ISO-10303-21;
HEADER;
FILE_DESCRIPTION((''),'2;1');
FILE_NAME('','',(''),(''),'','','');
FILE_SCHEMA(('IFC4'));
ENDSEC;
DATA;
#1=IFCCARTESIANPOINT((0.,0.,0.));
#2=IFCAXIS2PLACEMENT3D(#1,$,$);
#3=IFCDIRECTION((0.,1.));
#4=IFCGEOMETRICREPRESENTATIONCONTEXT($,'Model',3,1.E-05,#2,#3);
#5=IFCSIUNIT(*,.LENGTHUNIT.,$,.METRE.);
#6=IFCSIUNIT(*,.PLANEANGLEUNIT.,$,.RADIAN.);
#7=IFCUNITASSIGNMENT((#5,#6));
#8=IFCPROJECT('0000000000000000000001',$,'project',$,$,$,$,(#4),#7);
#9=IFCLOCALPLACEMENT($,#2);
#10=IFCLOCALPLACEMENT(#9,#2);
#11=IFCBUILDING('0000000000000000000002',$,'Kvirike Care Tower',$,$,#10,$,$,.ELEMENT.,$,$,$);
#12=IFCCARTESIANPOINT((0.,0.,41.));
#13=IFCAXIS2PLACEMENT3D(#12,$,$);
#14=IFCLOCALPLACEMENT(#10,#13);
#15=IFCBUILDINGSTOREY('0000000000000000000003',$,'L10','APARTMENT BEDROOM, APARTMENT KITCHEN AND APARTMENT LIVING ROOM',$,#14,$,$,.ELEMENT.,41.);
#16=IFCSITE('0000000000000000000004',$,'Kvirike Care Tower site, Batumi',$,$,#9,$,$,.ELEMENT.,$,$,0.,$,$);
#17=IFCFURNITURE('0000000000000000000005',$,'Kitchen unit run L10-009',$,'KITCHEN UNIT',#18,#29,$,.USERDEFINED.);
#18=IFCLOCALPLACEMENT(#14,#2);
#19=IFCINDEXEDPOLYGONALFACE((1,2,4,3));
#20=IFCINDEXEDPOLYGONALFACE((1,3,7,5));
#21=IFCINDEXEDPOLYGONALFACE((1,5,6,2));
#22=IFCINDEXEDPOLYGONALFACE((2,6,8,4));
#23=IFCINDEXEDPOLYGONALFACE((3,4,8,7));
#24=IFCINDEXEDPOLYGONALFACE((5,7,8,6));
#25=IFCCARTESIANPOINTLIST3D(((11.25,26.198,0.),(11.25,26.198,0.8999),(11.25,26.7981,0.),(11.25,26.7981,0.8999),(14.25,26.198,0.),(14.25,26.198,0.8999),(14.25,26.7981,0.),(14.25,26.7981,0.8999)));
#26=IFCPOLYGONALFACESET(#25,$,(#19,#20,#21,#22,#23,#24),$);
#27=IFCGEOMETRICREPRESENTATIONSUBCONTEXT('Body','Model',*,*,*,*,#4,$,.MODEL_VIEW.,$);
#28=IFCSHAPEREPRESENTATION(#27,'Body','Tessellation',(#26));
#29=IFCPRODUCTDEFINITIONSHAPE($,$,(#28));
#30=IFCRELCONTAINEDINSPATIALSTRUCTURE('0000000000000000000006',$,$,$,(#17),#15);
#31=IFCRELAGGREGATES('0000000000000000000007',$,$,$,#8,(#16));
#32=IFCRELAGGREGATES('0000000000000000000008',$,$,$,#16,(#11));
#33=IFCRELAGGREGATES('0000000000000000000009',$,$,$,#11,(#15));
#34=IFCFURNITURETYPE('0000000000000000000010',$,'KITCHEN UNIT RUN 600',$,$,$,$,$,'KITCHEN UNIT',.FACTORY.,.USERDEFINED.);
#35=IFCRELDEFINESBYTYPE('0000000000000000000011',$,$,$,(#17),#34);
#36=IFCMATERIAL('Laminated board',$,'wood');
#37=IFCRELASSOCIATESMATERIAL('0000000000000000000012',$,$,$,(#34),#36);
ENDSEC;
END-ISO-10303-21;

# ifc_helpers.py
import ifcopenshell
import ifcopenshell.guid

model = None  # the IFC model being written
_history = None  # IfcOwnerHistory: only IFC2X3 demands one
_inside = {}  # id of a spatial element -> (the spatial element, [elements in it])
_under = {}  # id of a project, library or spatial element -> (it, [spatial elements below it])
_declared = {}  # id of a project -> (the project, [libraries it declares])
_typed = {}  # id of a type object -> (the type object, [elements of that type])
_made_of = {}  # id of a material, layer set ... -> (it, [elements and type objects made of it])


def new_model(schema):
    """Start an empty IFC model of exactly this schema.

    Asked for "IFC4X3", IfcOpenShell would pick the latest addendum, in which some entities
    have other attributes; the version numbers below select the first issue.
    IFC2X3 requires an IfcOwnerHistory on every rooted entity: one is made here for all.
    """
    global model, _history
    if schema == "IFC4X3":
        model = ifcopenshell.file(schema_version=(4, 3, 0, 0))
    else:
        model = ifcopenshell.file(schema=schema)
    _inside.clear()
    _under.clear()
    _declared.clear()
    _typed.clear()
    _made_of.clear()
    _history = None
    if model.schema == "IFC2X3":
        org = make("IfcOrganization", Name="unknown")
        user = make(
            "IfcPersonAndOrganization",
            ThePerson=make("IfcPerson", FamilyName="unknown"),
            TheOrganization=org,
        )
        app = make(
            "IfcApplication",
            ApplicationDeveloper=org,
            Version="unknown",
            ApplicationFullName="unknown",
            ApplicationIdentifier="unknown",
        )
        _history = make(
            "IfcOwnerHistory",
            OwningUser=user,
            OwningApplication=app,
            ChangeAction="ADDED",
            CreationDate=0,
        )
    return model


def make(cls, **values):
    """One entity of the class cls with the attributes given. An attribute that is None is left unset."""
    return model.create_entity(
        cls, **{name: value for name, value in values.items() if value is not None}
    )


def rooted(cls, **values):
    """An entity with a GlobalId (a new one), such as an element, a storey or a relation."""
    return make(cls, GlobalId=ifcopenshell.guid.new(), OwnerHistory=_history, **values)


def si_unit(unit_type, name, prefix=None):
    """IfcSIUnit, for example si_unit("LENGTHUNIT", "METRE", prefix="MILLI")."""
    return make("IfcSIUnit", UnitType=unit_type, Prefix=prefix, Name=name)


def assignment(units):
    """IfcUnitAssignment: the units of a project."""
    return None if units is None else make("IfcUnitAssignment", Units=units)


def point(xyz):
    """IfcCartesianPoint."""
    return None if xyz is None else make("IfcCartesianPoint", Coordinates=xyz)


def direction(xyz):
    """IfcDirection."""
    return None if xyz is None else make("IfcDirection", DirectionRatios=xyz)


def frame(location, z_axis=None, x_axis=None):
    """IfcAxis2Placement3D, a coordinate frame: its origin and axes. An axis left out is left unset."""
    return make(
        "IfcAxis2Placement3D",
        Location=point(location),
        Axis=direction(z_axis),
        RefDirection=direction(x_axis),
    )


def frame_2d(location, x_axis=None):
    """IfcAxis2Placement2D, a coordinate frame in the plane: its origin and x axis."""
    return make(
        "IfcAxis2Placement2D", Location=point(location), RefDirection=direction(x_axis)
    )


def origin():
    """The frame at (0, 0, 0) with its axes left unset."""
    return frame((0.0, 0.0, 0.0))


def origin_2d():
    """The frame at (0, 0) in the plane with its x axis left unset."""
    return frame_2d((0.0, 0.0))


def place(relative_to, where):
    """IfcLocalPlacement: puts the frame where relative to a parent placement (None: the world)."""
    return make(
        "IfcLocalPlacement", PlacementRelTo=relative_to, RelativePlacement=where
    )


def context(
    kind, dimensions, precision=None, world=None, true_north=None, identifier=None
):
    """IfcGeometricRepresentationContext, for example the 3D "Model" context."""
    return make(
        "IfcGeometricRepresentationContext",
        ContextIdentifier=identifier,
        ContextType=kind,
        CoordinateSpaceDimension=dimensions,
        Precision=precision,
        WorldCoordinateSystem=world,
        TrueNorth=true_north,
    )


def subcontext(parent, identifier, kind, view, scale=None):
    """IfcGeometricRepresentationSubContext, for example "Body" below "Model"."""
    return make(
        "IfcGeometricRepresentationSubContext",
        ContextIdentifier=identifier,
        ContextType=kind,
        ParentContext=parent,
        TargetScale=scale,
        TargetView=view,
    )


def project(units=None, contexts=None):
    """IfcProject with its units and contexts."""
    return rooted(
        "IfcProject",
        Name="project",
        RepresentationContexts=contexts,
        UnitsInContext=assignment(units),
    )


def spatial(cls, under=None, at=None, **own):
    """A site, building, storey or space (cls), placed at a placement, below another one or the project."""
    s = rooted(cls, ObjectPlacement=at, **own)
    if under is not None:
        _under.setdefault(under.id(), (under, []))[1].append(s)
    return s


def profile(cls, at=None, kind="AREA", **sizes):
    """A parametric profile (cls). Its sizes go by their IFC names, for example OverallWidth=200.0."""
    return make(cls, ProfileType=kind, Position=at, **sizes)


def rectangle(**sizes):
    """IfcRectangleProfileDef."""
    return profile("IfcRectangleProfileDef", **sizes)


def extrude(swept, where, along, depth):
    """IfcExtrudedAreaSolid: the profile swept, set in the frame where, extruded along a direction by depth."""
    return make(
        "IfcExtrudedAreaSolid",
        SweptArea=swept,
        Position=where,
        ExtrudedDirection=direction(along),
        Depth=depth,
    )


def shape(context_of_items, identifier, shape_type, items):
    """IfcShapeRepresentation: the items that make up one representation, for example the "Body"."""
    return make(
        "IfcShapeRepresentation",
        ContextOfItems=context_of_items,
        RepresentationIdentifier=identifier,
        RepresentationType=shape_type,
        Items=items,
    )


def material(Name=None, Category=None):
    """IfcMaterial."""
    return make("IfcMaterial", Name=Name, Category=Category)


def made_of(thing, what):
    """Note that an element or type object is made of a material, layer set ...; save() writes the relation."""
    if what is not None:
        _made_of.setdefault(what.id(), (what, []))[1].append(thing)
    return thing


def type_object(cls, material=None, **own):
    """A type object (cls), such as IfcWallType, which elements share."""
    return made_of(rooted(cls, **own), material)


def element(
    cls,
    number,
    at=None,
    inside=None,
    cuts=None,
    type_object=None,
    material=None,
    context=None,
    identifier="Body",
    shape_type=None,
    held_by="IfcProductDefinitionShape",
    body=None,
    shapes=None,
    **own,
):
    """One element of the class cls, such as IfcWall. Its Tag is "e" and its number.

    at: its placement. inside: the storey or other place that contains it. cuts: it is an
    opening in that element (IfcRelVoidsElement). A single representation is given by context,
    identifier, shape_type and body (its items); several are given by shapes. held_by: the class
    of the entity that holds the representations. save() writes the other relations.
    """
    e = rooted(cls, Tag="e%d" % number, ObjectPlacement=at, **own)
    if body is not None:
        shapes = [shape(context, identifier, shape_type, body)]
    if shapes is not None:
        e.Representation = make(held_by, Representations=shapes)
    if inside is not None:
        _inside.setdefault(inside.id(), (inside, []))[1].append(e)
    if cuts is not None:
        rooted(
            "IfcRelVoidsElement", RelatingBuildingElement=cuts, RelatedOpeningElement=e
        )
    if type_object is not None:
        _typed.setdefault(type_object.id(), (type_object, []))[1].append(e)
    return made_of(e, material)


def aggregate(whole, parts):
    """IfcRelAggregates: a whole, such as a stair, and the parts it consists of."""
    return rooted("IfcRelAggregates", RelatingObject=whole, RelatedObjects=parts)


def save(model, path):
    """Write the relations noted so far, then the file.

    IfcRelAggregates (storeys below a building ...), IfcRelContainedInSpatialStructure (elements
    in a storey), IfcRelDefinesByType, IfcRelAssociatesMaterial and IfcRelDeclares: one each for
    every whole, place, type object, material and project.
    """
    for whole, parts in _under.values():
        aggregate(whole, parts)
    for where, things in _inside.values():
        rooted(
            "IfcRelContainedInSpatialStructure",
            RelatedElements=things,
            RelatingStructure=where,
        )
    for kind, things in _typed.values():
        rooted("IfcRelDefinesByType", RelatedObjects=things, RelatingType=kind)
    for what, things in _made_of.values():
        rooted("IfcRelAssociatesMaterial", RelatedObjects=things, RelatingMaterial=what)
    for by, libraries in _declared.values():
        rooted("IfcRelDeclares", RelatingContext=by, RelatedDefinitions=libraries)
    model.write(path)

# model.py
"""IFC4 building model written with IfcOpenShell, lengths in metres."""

from ifc_helpers import new_model, si_unit, direction, frame, origin, origin_2d, place, context, subcontext, project, spatial, rectangle, extrude, material, type_object, element, save


model = new_model("IFC4")

# Units and contexts
model_context = context("Model", 3, precision=1e-05, world=origin(), true_north=direction((0.0, 1.0)))
body_context = subcontext(model_context, "Body", "Model", "MODEL_VIEW")
ifc_project = project(units=[si_unit("LENGTHUNIT", "METRE"), si_unit("PLANEANGLEUNIT", "RADIAN")], contexts=[model_context])

# Site, building, storey
site_placement = place(None, origin())
site = spatial("IfcSite", under=ifc_project, at=site_placement, Name="Kvirike Care Tower site, Batumi", CompositionType="ELEMENT", RefElevation=0.0)
building_placement = place(site_placement, origin())
building = spatial("IfcBuilding", under=site, at=building_placement, Name="Kvirike Care Tower", CompositionType="ELEMENT")
storey_placement = place(building_placement, frame((0.0, 0.0, 41.0)))
storey = spatial("IfcBuildingStorey", under=building, at=storey_placement, Name="L10", Description="APARTMENT BEDROOM, APARTMENT KITCHEN AND APARTMENT LIVING ROOM", CompositionType="ELEMENT", Elevation=41.0)

# Furniture
ifc_material_1 = material(Name="Laminated board", Category="wood")
furniture_type = type_object("IfcFurnitureType", Name="KITCHEN UNIT RUN 600", ElementType="KITCHEN UNIT", AssemblyPlace="FACTORY", PredefinedType="USERDEFINED", material=ifc_material_1)
furniture_placement = place(storey_placement, frame((12.75, 26.498, 0.0), z_axis=(0.0, 0.0, 1.0), x_axis=(1.0, 0.0, 0.0)))
element("IfcFurniture", 1, at=furniture_placement, inside=storey, type_object=furniture_type, Name="Kitchen unit run L10-009", ObjectType="KITCHEN UNIT", PredefinedType="USERDEFINED", context=body_context, shape_type="SweptSolid", body=[
    extrude(rectangle(XDim=3.0, YDim=0.6001, at=origin_2d()), origin(), (0.0, 0.0, 1.0), 0.8999),
])

save(model, "model.ifc")
